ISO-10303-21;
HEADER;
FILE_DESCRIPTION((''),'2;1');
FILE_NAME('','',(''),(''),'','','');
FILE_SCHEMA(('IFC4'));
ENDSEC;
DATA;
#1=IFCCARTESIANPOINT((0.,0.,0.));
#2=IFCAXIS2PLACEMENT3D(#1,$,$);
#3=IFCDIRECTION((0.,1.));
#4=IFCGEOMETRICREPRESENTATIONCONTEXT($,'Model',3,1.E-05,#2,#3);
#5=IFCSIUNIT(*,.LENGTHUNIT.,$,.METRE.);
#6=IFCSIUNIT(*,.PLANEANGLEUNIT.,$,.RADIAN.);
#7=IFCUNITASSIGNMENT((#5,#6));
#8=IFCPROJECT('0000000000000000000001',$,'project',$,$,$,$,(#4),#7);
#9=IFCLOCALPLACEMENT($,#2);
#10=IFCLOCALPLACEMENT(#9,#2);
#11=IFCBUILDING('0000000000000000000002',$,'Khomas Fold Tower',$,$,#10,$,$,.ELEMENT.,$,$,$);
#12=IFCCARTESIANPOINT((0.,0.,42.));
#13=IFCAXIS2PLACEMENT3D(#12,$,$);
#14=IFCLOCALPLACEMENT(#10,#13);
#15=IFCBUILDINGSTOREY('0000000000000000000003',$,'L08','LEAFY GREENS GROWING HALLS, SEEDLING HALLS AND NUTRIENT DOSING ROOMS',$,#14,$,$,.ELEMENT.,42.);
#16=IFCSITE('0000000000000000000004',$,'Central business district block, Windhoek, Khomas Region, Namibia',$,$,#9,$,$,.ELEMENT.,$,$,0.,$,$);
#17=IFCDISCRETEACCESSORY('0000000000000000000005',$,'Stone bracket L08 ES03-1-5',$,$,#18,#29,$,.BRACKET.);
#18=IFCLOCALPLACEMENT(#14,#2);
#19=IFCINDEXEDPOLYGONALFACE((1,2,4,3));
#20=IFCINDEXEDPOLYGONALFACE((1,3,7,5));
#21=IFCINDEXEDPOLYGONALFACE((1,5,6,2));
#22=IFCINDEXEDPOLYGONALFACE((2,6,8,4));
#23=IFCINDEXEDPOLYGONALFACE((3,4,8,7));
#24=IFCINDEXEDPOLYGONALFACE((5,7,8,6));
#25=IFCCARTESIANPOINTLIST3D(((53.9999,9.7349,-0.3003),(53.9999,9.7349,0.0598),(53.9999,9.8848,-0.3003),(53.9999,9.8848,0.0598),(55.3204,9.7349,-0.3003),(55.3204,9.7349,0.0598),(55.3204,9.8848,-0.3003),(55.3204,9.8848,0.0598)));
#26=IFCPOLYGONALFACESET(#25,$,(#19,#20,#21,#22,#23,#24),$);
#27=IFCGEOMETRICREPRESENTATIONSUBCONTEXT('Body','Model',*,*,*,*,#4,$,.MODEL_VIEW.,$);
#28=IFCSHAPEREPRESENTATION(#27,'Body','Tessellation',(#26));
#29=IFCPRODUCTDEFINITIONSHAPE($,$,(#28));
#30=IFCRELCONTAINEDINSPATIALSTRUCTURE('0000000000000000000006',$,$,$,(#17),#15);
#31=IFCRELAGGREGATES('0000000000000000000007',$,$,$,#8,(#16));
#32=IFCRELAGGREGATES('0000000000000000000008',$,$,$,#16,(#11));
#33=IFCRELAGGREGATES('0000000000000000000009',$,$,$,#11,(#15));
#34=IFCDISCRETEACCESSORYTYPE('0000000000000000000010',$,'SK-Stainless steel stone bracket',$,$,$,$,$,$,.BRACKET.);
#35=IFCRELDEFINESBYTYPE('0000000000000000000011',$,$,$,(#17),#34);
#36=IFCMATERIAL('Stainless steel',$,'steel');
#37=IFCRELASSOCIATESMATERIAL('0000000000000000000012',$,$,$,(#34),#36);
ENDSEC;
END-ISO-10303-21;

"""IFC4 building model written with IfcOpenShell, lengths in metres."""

from ifc_helpers import new_model, si_unit, direction, frame, origin, origin_2d, place, context, subcontext, project, spatial, rectangle, extrude, source, transform, mapped, material, type_object, element, save


model = new_model("IFC4")

# Units and contexts
model_context = context("Model", 3, precision=1e-05, world=origin(), true_north=direction((0.0, 1.0)))
body_context = subcontext(model_context, "Body", "Model", "MODEL_VIEW")
ifc_project = project(units=[si_unit("LENGTHUNIT", "METRE"), si_unit("PLANEANGLEUNIT", "RADIAN")], contexts=[model_context])

# Site, building, storey
site_placement = place(None, origin())
site = spatial("IfcSite", under=ifc_project, at=site_placement, Name="Central business district block, Windhoek, Khomas Region, Namibia", CompositionType="ELEMENT", RefElevation=0.0)
building_placement = place(site_placement, origin())
building = spatial("IfcBuilding", under=site, at=building_placement, Name="Khomas Fold Tower", CompositionType="ELEMENT")
storey_placement = place(building_placement, frame((0.0, 0.0, 42.0)))
storey = spatial("IfcBuildingStorey", under=building, at=storey_placement, Name="L08", Description="LEAFY GREENS GROWING HALLS, SEEDLING HALLS AND NUTRIENT DOSING ROOMS", CompositionType="ELEMENT", Elevation=42.0)

# Discrete accessory
ifc_material_1 = material(Name="Stainless steel", Category="steel")
discrete_accessory_type = type_object("IfcDiscreteAccessoryType", Name="SK-Stainless steel stone bracket", PredefinedType="BRACKET", material=ifc_material_1)
shared_shape_1 = source(origin(), body_context, "Body", "SweptSolid", [
    extrude(rectangle(XDim=1.3206, YDim=0.1499, at=origin_2d()), origin(), (0.0, 0.0, 1.0), 0.3601),
])
discrete_accessory_placement = place(storey_placement, frame((54.6602, 9.8098, -0.3003), z_axis=(0.0, 0.0, 1.0), x_axis=(1.0, 0.0, 0.0)))
element("IfcDiscreteAccessory", 1, at=discrete_accessory_placement, inside=storey, type_object=discrete_accessory_type, Name="Stone bracket L08 ES03-1-5", PredefinedType="BRACKET", context=body_context, shape_type="MappedRepresentation", body=[
    mapped(shared_shape_1, transform((0.0, 0.0, 0.0))),
])

save(model, "model.ifc")
